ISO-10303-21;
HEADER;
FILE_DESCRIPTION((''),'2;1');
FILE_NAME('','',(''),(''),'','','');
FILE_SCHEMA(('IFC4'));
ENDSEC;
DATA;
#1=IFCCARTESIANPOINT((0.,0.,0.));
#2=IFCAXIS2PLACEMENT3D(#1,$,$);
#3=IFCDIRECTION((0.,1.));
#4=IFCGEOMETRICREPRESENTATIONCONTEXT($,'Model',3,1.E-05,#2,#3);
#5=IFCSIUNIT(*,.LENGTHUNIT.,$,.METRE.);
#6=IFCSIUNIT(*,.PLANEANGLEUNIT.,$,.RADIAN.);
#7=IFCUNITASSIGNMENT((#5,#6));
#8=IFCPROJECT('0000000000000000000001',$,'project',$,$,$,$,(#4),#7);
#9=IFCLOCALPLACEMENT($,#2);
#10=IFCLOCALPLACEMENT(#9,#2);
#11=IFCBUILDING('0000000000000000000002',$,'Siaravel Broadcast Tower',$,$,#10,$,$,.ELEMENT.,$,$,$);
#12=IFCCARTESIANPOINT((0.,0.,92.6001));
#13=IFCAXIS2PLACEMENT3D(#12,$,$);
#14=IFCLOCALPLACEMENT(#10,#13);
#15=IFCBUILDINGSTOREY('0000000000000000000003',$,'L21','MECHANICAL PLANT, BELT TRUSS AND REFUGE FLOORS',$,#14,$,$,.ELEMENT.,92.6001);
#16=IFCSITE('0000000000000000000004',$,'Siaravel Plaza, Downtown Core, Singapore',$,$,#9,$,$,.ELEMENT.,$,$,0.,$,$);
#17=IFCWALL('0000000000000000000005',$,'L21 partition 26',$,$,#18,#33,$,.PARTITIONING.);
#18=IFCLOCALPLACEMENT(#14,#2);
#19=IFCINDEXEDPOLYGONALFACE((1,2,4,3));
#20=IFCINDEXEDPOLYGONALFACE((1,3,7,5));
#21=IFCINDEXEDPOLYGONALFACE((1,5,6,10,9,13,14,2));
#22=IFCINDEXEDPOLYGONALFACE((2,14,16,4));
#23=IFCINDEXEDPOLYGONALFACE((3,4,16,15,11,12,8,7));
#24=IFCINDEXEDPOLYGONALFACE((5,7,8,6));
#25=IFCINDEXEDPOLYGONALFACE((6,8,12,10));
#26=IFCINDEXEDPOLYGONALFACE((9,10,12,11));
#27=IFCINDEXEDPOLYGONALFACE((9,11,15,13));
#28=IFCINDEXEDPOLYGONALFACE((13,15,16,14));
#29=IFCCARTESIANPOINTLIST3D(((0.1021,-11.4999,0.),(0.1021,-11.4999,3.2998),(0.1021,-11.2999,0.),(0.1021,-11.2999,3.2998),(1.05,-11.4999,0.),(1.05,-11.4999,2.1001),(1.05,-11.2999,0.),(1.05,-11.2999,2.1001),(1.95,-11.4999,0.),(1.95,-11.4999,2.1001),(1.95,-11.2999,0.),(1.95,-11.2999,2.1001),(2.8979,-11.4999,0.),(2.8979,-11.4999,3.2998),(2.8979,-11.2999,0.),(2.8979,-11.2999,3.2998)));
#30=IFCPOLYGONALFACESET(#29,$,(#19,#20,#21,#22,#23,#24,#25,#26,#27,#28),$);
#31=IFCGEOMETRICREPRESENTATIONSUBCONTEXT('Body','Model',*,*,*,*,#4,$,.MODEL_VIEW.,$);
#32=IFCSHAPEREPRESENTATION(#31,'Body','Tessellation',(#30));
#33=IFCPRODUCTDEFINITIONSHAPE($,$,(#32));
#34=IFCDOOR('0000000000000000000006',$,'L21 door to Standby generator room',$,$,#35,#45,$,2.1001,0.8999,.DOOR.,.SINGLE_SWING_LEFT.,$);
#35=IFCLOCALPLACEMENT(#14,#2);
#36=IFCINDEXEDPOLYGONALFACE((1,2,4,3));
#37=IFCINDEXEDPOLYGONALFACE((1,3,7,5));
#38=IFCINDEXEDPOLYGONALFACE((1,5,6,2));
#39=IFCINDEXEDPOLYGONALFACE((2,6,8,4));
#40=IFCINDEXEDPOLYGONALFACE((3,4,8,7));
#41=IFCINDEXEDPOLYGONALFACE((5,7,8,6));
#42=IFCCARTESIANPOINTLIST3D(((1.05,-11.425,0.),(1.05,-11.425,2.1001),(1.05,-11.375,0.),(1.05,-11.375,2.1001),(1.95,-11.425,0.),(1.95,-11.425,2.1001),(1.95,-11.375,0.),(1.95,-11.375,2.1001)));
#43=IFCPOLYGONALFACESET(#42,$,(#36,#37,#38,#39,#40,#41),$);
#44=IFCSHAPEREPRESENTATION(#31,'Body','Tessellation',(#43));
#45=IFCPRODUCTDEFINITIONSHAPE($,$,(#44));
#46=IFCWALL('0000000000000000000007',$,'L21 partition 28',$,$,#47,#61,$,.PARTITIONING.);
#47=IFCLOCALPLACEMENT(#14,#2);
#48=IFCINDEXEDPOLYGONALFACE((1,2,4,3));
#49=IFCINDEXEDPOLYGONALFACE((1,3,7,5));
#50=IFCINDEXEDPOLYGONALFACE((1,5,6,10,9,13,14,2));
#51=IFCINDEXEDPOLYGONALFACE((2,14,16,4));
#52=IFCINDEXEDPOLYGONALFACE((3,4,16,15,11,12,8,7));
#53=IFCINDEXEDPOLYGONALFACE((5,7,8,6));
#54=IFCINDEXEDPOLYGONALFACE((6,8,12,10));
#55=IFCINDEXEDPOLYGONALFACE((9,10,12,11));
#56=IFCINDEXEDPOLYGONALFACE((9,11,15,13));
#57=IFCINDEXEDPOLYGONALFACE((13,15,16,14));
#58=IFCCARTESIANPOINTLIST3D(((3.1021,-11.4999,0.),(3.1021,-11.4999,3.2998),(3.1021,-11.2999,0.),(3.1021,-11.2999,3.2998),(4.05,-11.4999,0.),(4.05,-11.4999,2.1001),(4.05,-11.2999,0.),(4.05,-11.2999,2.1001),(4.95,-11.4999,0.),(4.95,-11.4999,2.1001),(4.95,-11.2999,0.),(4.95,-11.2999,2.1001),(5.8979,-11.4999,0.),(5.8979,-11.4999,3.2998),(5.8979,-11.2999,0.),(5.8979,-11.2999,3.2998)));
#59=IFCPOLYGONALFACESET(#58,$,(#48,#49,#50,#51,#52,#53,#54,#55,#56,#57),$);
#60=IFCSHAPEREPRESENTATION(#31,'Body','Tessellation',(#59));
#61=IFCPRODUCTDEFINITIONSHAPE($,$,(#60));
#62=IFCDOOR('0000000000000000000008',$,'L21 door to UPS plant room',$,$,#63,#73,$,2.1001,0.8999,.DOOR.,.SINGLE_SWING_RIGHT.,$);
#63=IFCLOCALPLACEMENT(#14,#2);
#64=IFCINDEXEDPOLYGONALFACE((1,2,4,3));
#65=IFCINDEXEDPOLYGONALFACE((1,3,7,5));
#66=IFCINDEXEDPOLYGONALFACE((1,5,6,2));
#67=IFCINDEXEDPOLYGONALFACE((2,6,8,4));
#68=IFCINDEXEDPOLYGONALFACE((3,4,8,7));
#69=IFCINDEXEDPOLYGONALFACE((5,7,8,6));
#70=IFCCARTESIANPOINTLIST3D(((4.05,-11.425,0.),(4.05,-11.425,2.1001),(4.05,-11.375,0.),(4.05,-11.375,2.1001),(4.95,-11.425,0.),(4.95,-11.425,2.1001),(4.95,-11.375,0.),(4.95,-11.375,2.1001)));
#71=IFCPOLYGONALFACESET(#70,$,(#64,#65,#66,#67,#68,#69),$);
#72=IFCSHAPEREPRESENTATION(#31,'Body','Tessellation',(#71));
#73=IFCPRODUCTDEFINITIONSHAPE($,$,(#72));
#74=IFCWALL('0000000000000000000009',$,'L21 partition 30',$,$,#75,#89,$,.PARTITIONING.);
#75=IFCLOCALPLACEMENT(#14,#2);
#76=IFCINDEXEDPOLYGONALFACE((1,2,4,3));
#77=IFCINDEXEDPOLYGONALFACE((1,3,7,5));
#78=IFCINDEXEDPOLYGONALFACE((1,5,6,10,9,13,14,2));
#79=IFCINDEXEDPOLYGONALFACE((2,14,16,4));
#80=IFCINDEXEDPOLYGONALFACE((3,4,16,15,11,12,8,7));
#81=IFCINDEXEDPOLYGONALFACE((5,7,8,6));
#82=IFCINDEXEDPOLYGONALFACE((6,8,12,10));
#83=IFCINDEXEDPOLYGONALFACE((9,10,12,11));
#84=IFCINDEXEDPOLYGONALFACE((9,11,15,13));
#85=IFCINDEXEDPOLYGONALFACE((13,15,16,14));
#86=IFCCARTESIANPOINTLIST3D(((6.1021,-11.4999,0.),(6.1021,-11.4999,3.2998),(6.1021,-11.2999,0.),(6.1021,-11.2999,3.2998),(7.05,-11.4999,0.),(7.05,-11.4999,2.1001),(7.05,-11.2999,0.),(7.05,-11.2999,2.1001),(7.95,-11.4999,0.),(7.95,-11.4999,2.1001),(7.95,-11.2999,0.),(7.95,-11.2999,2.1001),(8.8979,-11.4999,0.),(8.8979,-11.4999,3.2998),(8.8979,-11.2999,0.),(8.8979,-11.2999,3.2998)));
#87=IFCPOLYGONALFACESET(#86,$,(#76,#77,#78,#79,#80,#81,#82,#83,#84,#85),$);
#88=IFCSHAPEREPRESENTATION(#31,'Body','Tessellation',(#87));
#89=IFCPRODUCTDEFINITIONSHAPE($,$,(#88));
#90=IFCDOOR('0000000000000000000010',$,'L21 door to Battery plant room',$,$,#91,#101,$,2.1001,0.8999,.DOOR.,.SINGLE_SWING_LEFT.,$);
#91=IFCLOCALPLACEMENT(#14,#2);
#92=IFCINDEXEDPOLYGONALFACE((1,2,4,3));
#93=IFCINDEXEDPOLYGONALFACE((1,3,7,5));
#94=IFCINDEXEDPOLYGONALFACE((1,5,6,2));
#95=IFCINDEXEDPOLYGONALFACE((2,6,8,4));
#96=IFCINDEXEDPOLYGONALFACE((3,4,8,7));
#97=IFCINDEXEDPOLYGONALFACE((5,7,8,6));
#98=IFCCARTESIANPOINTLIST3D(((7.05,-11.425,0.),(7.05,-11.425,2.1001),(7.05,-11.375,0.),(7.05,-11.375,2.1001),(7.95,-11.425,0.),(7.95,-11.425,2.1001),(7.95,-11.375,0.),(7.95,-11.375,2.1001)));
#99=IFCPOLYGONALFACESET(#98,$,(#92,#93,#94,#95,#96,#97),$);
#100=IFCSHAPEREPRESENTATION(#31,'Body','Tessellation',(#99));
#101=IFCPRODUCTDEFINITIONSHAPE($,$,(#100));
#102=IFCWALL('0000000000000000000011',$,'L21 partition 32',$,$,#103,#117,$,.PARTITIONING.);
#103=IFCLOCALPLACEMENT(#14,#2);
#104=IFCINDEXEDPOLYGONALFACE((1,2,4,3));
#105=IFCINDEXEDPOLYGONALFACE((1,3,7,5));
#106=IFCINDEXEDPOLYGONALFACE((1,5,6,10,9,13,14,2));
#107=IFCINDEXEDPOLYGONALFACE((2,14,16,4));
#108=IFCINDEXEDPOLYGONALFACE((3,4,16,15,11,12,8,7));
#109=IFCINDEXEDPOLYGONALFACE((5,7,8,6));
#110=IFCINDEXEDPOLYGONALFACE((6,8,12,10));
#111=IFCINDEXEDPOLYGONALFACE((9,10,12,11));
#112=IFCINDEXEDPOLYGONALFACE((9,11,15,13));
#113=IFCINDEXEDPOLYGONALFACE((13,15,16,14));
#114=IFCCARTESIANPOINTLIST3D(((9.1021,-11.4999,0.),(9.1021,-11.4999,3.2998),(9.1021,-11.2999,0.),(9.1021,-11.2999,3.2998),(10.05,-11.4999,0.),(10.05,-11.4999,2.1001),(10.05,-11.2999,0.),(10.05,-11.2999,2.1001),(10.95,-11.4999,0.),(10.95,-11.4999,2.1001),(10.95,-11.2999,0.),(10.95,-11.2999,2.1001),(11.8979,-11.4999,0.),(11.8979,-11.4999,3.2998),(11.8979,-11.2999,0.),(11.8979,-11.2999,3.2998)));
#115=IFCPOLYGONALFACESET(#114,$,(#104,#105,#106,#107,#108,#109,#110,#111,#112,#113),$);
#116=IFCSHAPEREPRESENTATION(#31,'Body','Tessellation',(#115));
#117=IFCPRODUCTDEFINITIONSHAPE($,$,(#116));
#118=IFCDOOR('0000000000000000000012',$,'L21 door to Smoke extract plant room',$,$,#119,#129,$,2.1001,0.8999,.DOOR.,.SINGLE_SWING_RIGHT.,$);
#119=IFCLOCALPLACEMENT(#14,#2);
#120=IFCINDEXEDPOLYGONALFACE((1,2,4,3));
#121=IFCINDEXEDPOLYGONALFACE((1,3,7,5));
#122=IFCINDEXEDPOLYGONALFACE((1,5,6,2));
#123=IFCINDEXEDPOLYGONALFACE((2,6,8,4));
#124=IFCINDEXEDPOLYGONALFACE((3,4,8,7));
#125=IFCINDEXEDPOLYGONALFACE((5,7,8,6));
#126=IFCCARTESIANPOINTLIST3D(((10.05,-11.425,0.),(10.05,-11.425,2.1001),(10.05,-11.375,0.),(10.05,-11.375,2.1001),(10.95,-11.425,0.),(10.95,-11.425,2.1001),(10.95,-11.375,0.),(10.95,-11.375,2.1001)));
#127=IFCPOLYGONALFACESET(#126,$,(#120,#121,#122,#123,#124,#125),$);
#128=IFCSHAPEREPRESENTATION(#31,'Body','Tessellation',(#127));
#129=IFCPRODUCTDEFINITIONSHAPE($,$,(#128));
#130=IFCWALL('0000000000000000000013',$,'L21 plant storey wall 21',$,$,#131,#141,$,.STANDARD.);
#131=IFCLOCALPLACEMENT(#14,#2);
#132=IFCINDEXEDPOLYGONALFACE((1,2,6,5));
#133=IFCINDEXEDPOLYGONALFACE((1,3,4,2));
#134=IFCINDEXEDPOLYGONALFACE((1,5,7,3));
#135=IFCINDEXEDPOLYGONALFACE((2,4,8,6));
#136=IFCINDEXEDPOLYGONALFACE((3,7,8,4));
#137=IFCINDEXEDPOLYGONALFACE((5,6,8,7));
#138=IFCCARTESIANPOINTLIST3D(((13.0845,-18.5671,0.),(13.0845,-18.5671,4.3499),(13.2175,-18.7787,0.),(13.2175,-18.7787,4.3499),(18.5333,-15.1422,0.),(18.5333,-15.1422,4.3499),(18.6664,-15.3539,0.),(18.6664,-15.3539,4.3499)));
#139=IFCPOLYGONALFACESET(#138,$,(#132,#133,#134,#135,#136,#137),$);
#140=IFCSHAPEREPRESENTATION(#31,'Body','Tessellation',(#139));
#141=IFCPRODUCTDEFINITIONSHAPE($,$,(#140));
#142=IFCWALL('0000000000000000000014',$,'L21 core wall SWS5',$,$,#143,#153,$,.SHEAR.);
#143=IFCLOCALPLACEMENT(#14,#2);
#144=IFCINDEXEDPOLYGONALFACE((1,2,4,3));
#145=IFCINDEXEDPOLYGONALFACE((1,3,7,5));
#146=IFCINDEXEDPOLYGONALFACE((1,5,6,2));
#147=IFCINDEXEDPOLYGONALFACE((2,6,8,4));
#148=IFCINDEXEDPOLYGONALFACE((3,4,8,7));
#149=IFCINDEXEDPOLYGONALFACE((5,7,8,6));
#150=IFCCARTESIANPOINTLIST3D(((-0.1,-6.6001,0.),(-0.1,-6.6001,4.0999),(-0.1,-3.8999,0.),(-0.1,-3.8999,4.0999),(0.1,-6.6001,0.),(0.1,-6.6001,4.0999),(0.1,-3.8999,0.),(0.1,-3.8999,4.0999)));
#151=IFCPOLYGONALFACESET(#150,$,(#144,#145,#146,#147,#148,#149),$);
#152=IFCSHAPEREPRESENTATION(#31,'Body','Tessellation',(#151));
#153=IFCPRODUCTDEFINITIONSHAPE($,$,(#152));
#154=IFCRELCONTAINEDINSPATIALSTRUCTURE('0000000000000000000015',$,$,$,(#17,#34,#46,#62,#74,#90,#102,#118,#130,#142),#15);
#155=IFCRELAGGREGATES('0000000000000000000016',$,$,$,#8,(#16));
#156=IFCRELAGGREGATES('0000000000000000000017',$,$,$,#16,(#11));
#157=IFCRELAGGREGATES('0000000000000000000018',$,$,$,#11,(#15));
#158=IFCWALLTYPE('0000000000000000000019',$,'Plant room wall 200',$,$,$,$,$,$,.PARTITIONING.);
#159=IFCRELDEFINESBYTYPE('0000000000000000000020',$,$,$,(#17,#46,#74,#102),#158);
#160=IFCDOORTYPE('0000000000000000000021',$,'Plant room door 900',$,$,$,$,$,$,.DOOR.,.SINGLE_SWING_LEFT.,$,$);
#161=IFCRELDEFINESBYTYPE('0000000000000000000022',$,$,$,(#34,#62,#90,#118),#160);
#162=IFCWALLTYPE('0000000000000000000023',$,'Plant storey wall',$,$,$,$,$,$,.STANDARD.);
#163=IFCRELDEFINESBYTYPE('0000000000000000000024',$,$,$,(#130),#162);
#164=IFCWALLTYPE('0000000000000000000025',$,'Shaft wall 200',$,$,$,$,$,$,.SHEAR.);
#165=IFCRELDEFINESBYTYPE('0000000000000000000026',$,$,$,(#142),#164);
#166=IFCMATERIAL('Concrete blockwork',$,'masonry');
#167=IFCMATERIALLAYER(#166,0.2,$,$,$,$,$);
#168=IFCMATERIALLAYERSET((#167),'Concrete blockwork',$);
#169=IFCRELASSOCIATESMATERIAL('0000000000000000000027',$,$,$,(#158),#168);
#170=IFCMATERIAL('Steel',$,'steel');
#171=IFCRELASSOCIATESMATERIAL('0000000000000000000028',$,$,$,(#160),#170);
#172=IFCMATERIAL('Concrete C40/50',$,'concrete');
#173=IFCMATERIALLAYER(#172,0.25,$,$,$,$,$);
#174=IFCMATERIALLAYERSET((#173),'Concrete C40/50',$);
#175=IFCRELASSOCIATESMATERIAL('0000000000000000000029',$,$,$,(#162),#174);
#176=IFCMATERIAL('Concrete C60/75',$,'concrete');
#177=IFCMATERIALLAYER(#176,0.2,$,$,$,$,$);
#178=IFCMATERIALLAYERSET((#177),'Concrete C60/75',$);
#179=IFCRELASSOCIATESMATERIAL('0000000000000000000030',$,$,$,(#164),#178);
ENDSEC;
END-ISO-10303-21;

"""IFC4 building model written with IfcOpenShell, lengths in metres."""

from ifc_helpers import new_model, si_unit, direction, frame, frame_2d, origin, place, context, subcontext, project, spatial, rectangle, extrude, material, layer, layer_set, type_object, element, fill, save


model = new_model("IFC4")

# Units and contexts
model_context = context("Model", 3, precision=1e-05, world=origin(), true_north=direction((0.0, 1.0)))
body_context = subcontext(model_context, "Body", "Model", "MODEL_VIEW")
ifc_project = project(units=[si_unit("LENGTHUNIT", "METRE"), si_unit("PLANEANGLEUNIT", "RADIAN")], contexts=[model_context])

# Site, building, storey
site_placement = place(None, origin())
site = spatial("IfcSite", under=ifc_project, at=site_placement, Name="Siaravel Plaza, Downtown Core, Singapore", CompositionType="ELEMENT", RefElevation=0.0)
building_placement = place(site_placement, origin())
building = spatial("IfcBuilding", under=site, at=building_placement, Name="Siaravel Broadcast Tower", CompositionType="ELEMENT")
storey_placement = place(building_placement, frame((0.0, 0.0, 92.6001)))
storey = spatial("IfcBuildingStorey", under=building, at=storey_placement, Name="L21", Description="MECHANICAL PLANT, BELT TRUSS AND REFUGE FLOORS", CompositionType="ELEMENT", Elevation=92.6001)

# Shared definitions
ifc_material_1 = material(Name="Concrete C60/75", Category="concrete")
ifc_material_2 = material(Name="Steel", Category="steel")

# Shared definitions
ifc_material_3 = material(Name="Concrete blockwork", Category="masonry")
ifc_layer_1 = layer(ifc_material_3, 0.2)
ifc_layer_set_1 = layer_set([ifc_layer_1], Name="Concrete blockwork")
wall_type_1 = type_object("IfcWallType", Name="Plant room wall 200", PredefinedType="PARTITIONING", material=ifc_layer_set_1)

# Walls, openings, doors
wall_1_placement = place(storey_placement, frame((0.1021, -11.3999, 0.0), z_axis=(0.0, 0.0, 1.0), x_axis=(1.0, 0.0, 0.0)))
wall_1 = element("IfcWall", 1, at=wall_1_placement, inside=storey, type_object=wall_type_1, Name="L21 partition 26", PredefinedType="PARTITIONING", context=body_context, shape_type="SweptSolid", body=[
    extrude(rectangle(XDim=2.7959, YDim=0.2, at=frame_2d((1.3979, 0.0))), origin(), (0.0, 0.0, 1.0), 3.2998),
])
opening_1_placement = place(wall_1_placement, frame((0.948, 0.0, 0.0)))
opening_1 = element("IfcOpeningElement", 2, at=opening_1_placement, cuts=wall_1, PredefinedType="OPENING", context=body_context, shape_type="SweptSolid", body=[
    extrude(rectangle(XDim=0.8999, YDim=2.1001, at=frame_2d((0.45, 1.05))), frame((0.0, 0.1099, 0.0), z_axis=(0.0, -1.0, 0.0), x_axis=(1.0, 0.0, 0.0)), (0.0, 0.0, 1.0), 0.22),
])
door_type_1 = type_object("IfcDoorType", Name="Plant room door 900", OperationType="SINGLE_SWING_LEFT", PredefinedType="DOOR", material=ifc_material_2)
door_1_placement = place(opening_1_placement, origin())
door_1 = element("IfcDoor", 3, at=door_1_placement, inside=storey, type_object=door_type_1, Name="L21 door to Standby generator room", OperationType="SINGLE_SWING_LEFT", OverallHeight=2.1001, OverallWidth=0.8999, PredefinedType="DOOR", context=body_context, shape_type="SweptSolid", body=[
    extrude(rectangle(XDim=0.8999, YDim=2.1001, at=frame_2d((0.45, 1.05))), frame((0.0, 0.0249, 0.0), z_axis=(0.0, -1.0, 0.0), x_axis=(1.0, 0.0, 0.0)), (0.0, 0.0, 1.0), 0.05),
])
fill(opening_1, door_1)
wall_2_placement = place(storey_placement, frame((3.1021, -11.3999, 0.0), z_axis=(0.0, 0.0, 1.0), x_axis=(1.0, 0.0, 0.0)))
wall_2 = element("IfcWall", 4, at=wall_2_placement, inside=storey, type_object=wall_type_1, Name="L21 partition 28", PredefinedType="PARTITIONING", context=body_context, shape_type="SweptSolid", body=[
    extrude(rectangle(XDim=2.7959, YDim=0.2, at=frame_2d((1.3979, 0.0))), origin(), (0.0, 0.0, 1.0), 3.2998),
])
opening_2_placement = place(wall_2_placement, frame((0.948, 0.0, 0.0)))
opening_2 = element("IfcOpeningElement", 5, at=opening_2_placement, cuts=wall_2, PredefinedType="OPENING", context=body_context, shape_type="SweptSolid", body=[
    extrude(rectangle(XDim=0.8999, YDim=2.1001, at=frame_2d((0.45, 1.05))), frame((0.0, 0.1099, 0.0), z_axis=(0.0, -1.0, 0.0), x_axis=(1.0, 0.0, 0.0)), (0.0, 0.0, 1.0), 0.22),
])
door_2_placement = place(opening_2_placement, origin())
door_2 = element("IfcDoor", 6, at=door_2_placement, inside=storey, type_object=door_type_1, Name="L21 door to UPS plant room", OperationType="SINGLE_SWING_RIGHT", OverallHeight=2.1001, OverallWidth=0.8999, PredefinedType="DOOR", context=body_context, shape_type="SweptSolid", body=[
    extrude(rectangle(XDim=0.8999, YDim=2.1001, at=frame_2d((0.45, 1.05))), frame((0.0, 0.0249, 0.0), z_axis=(0.0, -1.0, 0.0), x_axis=(1.0, 0.0, 0.0)), (0.0, 0.0, 1.0), 0.05),
])
fill(opening_2, door_2)
wall_3_placement = place(storey_placement, frame((6.1021, -11.3999, 0.0), z_axis=(0.0, 0.0, 1.0), x_axis=(1.0, 0.0, 0.0)))
wall_3 = element("IfcWall", 7, at=wall_3_placement, inside=storey, type_object=wall_type_1, Name="L21 partition 30", PredefinedType="PARTITIONING", context=body_context, shape_type="SweptSolid", body=[
    extrude(rectangle(XDim=2.7959, YDim=0.2, at=frame_2d((1.3979, 0.0))), origin(), (0.0, 0.0, 1.0), 3.2998),
])
opening_3_placement = place(wall_3_placement, frame((0.948, 0.0, 0.0)))
opening_3 = element("IfcOpeningElement", 8, at=opening_3_placement, cuts=wall_3, PredefinedType="OPENING", context=body_context, shape_type="SweptSolid", body=[
    extrude(rectangle(XDim=0.8999, YDim=2.1001, at=frame_2d((0.45, 1.05))), frame((0.0, 0.1099, 0.0), z_axis=(0.0, -1.0, 0.0), x_axis=(1.0, 0.0, 0.0)), (0.0, 0.0, 1.0), 0.22),
])
door_3_placement = place(opening_3_placement, origin())
door_3 = element("IfcDoor", 9, at=door_3_placement, inside=storey, type_object=door_type_1, Name="L21 door to Battery plant room", OperationType="SINGLE_SWING_LEFT", OverallHeight=2.1001, OverallWidth=0.8999, PredefinedType="DOOR", context=body_context, shape_type="SweptSolid", body=[
    extrude(rectangle(XDim=0.8999, YDim=2.1001, at=frame_2d((0.45, 1.05))), frame((0.0, 0.0249, 0.0), z_axis=(0.0, -1.0, 0.0), x_axis=(1.0, 0.0, 0.0)), (0.0, 0.0, 1.0), 0.05),
])
fill(opening_3, door_3)
wall_4_placement = place(storey_placement, frame((9.1021, -11.3999, 0.0), z_axis=(0.0, 0.0, 1.0), x_axis=(1.0, 0.0, 0.0)))
wall_4 = element("IfcWall", 10, at=wall_4_placement, inside=storey, type_object=wall_type_1, Name="L21 partition 32", PredefinedType="PARTITIONING", context=body_context, shape_type="SweptSolid", body=[
    extrude(rectangle(XDim=2.7959, YDim=0.2, at=frame_2d((1.3979, 0.0))), origin(), (0.0, 0.0, 1.0), 3.2998),
])
opening_4_placement = place(wall_4_placement, frame((0.948, 0.0, 0.0)))
opening_4 = element("IfcOpeningElement", 11, at=opening_4_placement, cuts=wall_4, PredefinedType="OPENING", context=body_context, shape_type="SweptSolid", body=[
    extrude(rectangle(XDim=0.8999, YDim=2.1001, at=frame_2d((0.45, 1.05))), frame((0.0, 0.1099, 0.0), z_axis=(0.0, -1.0, 0.0), x_axis=(1.0, 0.0, 0.0)), (0.0, 0.0, 1.0), 0.22),
])
door_4_placement = place(opening_4_placement, origin())
door_4 = element("IfcDoor", 12, at=door_4_placement, inside=storey, type_object=door_type_1, Name="L21 door to Smoke extract plant room", OperationType="SINGLE_SWING_RIGHT", OverallHeight=2.1001, OverallWidth=0.8999, PredefinedType="DOOR", context=body_context, shape_type="SweptSolid", body=[
    extrude(rectangle(XDim=0.8999, YDim=2.1001, at=frame_2d((0.45, 1.05))), frame((0.0, 0.0249, 0.0), z_axis=(0.0, -1.0, 0.0), x_axis=(1.0, 0.0, 0.0)), (0.0, 0.0, 1.0), 0.05),
])
fill(opening_4, door_4)

# Walls
ifc_material_4 = material(Name="Concrete C40/50", Category="concrete")
ifc_layer_2 = layer(ifc_material_4, 0.25)
ifc_layer_set_2 = layer_set([ifc_layer_2], Name="Concrete C40/50")
wall_type_2 = type_object("IfcWallType", Name="Plant storey wall", PredefinedType="STANDARD", material=ifc_layer_set_2)
wall_5_placement = place(storey_placement, frame((13.1511, -18.6729, 0.0), z_axis=(0.0, 0.0, 1.0), x_axis=(0.846644, 0.532159, 0.0)))
element("IfcWall", 13, at=wall_5_placement, inside=storey, type_object=wall_type_2, Name="L21 plant storey wall 21", PredefinedType="STANDARD", context=body_context, shape_type="SweptSolid", body=[
    extrude(rectangle(XDim=6.4358, YDim=0.25, at=frame_2d((3.2178, 0.0))), origin(), (0.0, 0.0, 1.0), 4.3499),
])
ifc_layer_3 = layer(ifc_material_1, 0.2)
ifc_layer_set_3 = layer_set([ifc_layer_3], Name="Concrete C60/75")
wall_type_3 = type_object("IfcWallType", Name="Shaft wall 200", PredefinedType="SHEAR", material=ifc_layer_set_3)
wall_6_placement = place(storey_placement, frame((0.0, -6.6001, 0.0), z_axis=(0.0, 0.0, 1.0), x_axis=(0.0, 1.0, 0.0)))
element("IfcWall", 14, at=wall_6_placement, inside=storey, type_object=wall_type_3, Name="L21 core wall SWS5", PredefinedType="SHEAR", context=body_context, shape_type="SweptSolid", body=[
    extrude(rectangle(XDim=2.7002, YDim=0.2, at=frame_2d((1.3501, 0.0))), origin(), (0.0, 0.0, 1.0), 4.0999),
])

save(model, "model.ifc")
